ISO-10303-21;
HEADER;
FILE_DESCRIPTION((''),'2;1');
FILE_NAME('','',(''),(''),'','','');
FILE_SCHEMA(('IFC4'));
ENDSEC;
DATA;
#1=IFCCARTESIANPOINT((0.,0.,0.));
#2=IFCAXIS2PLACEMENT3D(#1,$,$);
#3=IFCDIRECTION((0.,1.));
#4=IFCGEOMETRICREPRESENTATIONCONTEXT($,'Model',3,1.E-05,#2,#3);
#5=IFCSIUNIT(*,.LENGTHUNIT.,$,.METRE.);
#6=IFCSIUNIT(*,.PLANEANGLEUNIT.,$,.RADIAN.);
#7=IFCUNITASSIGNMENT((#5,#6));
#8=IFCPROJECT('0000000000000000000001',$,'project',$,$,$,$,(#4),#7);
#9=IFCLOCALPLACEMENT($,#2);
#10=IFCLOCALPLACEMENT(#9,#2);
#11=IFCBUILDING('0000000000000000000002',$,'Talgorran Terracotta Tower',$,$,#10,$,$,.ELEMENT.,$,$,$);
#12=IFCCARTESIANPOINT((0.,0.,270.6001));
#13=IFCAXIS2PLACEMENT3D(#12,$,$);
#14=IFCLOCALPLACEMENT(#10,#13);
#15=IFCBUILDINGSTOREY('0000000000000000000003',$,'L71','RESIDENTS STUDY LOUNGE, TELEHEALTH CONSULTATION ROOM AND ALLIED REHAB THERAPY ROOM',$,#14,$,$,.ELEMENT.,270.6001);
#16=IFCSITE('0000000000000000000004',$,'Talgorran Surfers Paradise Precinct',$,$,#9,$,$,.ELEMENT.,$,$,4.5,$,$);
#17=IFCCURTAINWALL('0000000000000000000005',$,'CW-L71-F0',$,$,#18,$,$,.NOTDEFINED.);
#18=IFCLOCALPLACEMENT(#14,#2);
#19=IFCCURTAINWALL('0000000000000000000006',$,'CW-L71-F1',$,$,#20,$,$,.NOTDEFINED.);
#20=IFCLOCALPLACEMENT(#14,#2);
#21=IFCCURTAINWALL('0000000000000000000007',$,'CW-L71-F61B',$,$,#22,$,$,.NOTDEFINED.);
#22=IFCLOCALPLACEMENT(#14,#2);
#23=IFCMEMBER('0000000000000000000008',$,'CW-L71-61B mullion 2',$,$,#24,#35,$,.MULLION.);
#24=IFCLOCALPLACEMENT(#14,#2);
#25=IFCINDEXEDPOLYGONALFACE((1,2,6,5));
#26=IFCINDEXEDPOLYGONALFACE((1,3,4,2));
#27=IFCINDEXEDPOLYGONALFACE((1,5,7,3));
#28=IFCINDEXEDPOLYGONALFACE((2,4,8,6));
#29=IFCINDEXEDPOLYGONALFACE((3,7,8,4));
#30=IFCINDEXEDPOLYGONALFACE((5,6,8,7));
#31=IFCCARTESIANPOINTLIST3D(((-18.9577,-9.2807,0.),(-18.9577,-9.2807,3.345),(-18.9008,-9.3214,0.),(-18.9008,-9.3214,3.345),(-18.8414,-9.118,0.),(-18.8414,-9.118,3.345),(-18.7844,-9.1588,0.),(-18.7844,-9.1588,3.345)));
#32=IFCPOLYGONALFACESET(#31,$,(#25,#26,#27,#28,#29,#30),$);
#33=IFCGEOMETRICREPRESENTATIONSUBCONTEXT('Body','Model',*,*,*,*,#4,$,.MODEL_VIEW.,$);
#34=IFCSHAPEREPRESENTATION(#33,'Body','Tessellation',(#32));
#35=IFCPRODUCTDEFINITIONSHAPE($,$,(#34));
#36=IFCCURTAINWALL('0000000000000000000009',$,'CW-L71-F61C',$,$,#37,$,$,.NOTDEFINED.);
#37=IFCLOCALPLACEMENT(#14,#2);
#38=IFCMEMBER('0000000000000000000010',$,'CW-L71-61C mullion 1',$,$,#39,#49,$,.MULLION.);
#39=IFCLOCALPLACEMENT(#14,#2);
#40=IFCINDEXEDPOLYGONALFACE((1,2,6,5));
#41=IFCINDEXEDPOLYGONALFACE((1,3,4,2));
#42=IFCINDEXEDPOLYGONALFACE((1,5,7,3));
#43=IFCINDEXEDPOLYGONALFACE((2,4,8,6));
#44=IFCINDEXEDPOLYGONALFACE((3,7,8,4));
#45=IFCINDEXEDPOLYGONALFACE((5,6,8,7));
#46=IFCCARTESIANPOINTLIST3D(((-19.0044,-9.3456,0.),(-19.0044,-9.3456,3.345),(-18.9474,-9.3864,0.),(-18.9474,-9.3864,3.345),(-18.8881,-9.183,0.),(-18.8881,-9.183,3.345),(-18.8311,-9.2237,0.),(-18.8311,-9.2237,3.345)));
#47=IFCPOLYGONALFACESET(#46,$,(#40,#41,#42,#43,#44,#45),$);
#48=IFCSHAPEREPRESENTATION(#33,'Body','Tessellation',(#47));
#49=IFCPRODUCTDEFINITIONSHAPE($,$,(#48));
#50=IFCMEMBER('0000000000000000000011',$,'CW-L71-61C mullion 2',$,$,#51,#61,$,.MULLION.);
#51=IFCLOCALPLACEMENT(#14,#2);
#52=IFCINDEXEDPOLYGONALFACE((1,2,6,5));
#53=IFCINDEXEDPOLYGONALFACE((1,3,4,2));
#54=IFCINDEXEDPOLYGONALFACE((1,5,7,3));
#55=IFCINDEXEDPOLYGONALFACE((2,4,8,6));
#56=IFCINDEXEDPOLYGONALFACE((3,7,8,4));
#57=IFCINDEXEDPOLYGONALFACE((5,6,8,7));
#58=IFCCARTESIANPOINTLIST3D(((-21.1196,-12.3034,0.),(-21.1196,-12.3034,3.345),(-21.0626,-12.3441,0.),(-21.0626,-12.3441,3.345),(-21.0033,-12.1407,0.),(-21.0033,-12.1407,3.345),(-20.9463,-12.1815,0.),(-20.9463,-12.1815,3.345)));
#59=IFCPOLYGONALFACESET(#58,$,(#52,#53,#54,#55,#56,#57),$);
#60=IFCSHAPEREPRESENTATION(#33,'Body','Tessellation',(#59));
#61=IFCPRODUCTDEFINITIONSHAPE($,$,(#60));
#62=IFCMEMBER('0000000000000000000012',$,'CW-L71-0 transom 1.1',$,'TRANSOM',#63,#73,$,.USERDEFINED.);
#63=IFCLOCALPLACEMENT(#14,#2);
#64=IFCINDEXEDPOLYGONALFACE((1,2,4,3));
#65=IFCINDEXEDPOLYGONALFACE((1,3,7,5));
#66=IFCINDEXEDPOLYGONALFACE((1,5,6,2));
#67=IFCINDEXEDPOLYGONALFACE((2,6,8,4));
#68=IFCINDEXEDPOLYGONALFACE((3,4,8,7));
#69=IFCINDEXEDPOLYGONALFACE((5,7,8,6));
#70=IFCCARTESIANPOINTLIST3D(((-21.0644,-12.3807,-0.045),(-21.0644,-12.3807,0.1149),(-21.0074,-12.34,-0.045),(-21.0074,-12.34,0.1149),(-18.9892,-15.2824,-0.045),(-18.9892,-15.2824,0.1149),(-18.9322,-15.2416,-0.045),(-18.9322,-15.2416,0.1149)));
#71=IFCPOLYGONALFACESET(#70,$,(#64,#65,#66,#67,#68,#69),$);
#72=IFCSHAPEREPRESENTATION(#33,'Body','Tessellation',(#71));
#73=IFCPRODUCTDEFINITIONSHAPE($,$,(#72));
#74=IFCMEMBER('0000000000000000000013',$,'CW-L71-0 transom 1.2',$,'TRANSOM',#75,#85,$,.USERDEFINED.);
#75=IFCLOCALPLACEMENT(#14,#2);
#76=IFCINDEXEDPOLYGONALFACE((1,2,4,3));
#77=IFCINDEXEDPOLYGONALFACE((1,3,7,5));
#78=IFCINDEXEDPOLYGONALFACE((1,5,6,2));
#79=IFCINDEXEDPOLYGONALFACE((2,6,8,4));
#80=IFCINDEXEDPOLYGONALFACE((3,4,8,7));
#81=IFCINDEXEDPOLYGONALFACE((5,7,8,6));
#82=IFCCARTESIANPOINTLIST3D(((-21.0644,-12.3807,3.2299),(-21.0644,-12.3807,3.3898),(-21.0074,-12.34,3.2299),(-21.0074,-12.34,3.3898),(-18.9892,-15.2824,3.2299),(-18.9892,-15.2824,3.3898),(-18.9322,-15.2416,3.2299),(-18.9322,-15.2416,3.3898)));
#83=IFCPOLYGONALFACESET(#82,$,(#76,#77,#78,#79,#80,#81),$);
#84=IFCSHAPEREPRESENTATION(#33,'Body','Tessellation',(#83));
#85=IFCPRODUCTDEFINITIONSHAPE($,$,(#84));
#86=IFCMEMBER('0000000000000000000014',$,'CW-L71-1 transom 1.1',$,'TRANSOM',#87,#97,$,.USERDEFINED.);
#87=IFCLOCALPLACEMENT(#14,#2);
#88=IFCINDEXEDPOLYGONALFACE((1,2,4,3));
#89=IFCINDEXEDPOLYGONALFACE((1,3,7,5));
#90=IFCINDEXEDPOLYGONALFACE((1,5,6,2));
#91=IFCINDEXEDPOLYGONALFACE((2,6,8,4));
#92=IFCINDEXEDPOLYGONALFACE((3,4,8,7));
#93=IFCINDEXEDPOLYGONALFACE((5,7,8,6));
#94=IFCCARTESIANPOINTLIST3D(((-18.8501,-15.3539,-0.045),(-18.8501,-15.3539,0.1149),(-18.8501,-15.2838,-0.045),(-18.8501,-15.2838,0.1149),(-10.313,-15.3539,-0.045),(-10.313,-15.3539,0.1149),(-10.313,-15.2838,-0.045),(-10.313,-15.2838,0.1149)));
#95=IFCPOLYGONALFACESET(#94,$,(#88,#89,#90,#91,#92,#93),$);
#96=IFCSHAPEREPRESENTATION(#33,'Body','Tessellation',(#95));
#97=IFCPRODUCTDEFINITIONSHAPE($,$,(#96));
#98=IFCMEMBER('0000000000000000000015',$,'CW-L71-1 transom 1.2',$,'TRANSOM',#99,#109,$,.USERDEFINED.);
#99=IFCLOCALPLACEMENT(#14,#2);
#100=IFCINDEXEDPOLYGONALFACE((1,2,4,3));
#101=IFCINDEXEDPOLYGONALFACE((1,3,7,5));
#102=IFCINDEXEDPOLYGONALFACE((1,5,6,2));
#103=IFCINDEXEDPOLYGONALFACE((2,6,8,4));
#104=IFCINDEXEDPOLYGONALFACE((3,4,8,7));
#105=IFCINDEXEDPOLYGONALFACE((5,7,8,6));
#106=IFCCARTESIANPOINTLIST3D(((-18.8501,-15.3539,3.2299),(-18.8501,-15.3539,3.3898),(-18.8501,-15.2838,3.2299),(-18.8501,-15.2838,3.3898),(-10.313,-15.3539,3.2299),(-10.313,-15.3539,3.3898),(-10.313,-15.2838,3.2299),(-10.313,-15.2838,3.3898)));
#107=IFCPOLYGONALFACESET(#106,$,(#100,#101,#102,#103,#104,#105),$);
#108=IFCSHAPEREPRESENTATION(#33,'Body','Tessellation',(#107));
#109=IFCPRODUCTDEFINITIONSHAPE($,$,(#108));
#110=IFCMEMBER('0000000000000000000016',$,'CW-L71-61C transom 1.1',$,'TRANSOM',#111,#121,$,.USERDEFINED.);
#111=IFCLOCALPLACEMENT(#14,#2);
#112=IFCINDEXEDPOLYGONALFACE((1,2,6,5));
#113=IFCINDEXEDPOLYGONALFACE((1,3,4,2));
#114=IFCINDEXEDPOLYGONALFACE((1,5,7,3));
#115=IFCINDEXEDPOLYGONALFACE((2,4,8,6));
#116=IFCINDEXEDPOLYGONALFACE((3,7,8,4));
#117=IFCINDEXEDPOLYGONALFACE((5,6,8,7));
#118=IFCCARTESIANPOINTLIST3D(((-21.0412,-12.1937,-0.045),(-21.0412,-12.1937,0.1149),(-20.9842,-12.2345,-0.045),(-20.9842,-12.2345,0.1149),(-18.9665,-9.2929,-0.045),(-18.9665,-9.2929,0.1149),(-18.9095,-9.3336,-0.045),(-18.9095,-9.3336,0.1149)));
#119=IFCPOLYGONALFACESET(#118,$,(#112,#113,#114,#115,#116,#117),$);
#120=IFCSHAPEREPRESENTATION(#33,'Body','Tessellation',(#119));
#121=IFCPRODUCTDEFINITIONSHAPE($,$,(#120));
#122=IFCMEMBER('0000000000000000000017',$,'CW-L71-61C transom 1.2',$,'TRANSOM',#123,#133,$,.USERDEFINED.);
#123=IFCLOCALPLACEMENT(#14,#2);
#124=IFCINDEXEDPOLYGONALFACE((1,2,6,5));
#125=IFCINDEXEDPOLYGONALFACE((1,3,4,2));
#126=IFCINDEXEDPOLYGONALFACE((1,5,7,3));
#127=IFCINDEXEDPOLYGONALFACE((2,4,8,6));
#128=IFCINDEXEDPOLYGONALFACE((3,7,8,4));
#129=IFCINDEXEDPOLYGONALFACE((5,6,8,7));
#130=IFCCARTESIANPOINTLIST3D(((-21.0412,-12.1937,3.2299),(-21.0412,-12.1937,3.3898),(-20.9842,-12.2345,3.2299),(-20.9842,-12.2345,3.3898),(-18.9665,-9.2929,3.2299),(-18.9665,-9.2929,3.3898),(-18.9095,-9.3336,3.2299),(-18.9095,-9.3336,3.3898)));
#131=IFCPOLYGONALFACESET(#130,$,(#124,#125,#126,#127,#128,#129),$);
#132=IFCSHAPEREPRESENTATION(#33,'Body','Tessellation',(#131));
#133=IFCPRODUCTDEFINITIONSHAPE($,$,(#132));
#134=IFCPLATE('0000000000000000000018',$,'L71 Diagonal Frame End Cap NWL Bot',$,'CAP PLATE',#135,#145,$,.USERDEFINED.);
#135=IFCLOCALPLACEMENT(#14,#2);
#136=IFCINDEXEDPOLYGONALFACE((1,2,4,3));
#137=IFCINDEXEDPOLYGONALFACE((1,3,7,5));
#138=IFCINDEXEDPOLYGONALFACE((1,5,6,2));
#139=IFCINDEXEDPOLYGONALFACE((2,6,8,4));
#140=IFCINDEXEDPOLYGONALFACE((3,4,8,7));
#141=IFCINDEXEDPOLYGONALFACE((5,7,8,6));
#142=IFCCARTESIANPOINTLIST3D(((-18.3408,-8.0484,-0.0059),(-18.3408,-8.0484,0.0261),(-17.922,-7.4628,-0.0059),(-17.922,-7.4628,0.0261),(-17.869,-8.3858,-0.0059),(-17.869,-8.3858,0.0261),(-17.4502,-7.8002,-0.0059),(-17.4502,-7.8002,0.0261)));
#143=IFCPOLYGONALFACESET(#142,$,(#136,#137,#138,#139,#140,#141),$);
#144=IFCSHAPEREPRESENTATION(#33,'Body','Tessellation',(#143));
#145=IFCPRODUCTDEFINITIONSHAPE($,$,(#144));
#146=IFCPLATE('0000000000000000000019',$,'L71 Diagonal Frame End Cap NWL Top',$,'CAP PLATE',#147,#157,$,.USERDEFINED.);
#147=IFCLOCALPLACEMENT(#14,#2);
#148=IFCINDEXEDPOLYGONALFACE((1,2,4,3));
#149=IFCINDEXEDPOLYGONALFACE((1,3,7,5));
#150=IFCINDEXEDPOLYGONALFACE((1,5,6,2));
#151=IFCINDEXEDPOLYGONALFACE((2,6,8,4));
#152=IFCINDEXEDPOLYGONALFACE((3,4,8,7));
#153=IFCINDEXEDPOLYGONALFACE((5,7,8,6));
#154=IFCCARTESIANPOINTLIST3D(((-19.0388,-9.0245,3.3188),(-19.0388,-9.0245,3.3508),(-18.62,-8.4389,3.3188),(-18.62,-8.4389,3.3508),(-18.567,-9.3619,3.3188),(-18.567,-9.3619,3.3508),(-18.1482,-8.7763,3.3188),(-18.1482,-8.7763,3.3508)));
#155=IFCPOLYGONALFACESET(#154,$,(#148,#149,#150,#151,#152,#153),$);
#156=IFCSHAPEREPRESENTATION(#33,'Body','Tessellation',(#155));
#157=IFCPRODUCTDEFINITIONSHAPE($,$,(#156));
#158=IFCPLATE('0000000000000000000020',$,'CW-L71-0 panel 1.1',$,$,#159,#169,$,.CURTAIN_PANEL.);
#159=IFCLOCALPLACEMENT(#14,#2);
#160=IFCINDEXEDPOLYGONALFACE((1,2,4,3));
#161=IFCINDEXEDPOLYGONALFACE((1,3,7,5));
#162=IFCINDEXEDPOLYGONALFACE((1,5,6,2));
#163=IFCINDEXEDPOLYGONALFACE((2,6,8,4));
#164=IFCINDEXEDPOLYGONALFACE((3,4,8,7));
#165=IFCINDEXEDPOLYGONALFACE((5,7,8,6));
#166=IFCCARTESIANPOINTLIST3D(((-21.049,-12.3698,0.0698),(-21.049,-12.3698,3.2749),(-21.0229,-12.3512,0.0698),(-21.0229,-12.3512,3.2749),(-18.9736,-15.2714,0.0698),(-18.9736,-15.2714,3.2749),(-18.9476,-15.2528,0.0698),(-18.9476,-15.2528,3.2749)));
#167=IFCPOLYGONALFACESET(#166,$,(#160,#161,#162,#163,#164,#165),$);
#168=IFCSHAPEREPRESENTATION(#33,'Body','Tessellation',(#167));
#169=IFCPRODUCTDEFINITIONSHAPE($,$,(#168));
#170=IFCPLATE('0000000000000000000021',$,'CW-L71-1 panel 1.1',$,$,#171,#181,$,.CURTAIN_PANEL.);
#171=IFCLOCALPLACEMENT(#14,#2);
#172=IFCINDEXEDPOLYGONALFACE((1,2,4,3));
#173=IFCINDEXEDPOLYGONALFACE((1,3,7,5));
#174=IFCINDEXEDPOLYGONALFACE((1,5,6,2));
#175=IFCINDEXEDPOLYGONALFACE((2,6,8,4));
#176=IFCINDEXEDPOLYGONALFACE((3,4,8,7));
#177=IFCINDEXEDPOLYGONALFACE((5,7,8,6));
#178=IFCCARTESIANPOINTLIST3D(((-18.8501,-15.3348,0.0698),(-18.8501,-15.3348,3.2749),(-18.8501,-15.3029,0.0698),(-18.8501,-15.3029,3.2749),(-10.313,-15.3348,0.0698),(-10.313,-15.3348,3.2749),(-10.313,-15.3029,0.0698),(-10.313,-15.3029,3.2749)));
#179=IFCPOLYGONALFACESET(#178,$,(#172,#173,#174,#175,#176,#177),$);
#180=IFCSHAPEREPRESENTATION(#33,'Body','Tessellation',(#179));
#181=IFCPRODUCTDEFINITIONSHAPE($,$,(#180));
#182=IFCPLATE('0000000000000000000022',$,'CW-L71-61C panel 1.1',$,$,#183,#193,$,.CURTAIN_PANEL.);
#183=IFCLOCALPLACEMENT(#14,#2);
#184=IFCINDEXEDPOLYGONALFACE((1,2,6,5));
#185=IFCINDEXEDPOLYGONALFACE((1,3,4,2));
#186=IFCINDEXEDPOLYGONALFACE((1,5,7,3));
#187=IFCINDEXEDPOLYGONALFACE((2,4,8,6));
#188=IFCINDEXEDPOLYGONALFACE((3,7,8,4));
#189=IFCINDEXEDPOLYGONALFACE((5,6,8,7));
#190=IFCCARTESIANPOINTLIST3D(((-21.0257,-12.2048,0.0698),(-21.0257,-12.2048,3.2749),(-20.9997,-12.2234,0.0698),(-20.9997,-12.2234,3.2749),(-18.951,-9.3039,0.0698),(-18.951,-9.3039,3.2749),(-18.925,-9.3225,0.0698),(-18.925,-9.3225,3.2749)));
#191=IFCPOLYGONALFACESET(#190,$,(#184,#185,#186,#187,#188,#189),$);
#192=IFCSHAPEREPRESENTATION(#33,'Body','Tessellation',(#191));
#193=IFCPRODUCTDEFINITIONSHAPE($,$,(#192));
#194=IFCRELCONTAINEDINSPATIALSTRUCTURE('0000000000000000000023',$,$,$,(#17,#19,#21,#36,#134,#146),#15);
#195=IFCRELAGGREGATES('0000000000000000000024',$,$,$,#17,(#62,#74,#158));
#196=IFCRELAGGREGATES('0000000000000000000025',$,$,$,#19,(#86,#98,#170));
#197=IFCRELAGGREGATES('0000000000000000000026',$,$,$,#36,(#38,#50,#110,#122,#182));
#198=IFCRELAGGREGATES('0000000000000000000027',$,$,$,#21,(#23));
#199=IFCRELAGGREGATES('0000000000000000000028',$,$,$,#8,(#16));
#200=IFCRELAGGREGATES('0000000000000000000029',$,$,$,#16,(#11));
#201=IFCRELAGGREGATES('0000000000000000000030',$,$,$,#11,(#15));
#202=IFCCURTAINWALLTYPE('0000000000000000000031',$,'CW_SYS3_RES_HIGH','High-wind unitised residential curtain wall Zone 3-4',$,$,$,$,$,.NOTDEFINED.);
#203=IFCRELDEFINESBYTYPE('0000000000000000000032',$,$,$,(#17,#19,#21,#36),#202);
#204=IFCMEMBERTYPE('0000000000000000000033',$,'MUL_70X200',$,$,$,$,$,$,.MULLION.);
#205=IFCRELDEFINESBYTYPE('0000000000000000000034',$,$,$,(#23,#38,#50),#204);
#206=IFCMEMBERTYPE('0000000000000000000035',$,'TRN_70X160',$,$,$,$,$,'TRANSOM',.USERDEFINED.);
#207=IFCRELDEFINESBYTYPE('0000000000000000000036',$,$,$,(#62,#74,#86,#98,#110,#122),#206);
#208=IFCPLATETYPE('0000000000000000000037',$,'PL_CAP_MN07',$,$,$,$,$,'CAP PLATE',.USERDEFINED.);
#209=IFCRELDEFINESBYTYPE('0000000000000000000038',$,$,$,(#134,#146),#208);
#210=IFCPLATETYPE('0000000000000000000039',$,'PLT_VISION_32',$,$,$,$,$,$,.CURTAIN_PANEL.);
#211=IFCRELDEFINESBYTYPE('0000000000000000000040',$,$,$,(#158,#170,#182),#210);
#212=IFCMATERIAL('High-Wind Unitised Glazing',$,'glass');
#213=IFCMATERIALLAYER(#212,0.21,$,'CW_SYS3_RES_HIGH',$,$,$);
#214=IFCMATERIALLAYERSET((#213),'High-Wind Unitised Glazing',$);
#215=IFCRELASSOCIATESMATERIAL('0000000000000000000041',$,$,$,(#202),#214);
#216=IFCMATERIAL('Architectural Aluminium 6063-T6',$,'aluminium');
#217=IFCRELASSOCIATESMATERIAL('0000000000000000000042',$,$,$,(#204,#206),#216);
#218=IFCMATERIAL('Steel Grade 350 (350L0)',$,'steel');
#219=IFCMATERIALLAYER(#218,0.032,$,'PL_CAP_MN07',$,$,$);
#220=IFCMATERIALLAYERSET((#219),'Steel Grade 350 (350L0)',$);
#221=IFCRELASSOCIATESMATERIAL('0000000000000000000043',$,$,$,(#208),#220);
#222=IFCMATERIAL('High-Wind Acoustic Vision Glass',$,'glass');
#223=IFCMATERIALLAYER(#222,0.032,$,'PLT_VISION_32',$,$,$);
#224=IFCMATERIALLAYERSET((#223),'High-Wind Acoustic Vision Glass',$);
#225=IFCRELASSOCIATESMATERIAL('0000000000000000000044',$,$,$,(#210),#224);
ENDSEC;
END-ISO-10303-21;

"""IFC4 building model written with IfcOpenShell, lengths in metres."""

from ifc_helpers import new_model, si_unit, direction, frame, origin, origin_2d, place, context, subcontext, project, spatial, rectangle, extrude, source, transform, mapped, material, layer, layer_set, material_profile, profile_set, type_object, type_shapes, element, aggregate, save


model = new_model("IFC4")

# Units and contexts
model_context = context("Model", 3, precision=1e-05, world=origin(), true_north=direction((0.0, 1.0)))
body_context = subcontext(model_context, "Body", "Model", "MODEL_VIEW")
ifc_project = project(units=[si_unit("LENGTHUNIT", "METRE"), si_unit("PLANEANGLEUNIT", "RADIAN")], contexts=[model_context])

# Site, building, storey
site_placement = place(None, origin())
site = spatial("IfcSite", under=ifc_project, at=site_placement, Name="Talgorran Surfers Paradise Precinct", CompositionType="ELEMENT", RefElevation=4.5)
building_placement = place(site_placement, origin())
building = spatial("IfcBuilding", under=site, at=building_placement, Name="Talgorran Terracotta Tower", CompositionType="ELEMENT")
storey_placement = place(building_placement, frame((0.0, 0.0, 270.6001)))
storey = spatial("IfcBuildingStorey", under=building, at=storey_placement, Name="L71", Description="RESIDENTS STUDY LOUNGE, TELEHEALTH CONSULTATION ROOM AND ALLIED REHAB THERAPY ROOM", CompositionType="ELEMENT", Elevation=270.6001)

# Shared definitions
ifc_material_1 = material(Name="Steel Grade 350 (350L0)", Category="steel")

# Curtain wall
ifc_material_2 = material(Name="High-Wind Unitised Glazing", Category="glass")
ifc_layer_1 = layer(ifc_material_2, 0.21, Name="CW_SYS3_RES_HIGH")
ifc_layer_set_1 = layer_set([ifc_layer_1], Name="High-Wind Unitised Glazing")
curtain_wall_type = type_object("IfcCurtainWallType", Name="CW_SYS3_RES_HIGH", Description="High-wind unitised residential curtain wall Zone 3-4", PredefinedType="NOTDEFINED", material=ifc_layer_set_1)
curtain_wall_1_placement = place(storey_placement, origin())
curtain_wall_1 = element("IfcCurtainWall", 1, at=curtain_wall_1_placement, inside=storey, type_object=curtain_wall_type, Name="CW-L71-F0", PredefinedType="NOTDEFINED")
ifc_material_3 = material(Name="Architectural Aluminium 6063-T6", Category="aluminium")
ifc_material_profile_1 = material_profile(ifc_material_3, rectangle(XDim=0.0701, YDim=0.2, at=origin_2d()), Name="CWM70X200")
ifc_profile_set_1 = profile_set([ifc_material_profile_1], Name="Architectural Aluminium 6063-T6")
member_type_1 = type_object("IfcMemberType", Name="MUL_70X200", PredefinedType="MULLION", material=ifc_profile_set_1)

# Curtain walls, member
curtain_wall_2_placement = place(storey_placement, origin())
curtain_wall_2 = element("IfcCurtainWall", 2, at=curtain_wall_2_placement, inside=storey, type_object=curtain_wall_type, Name="CW-L71-F1", PredefinedType="NOTDEFINED")
curtain_wall_3_placement = place(storey_placement, origin())
curtain_wall_3 = element("IfcCurtainWall", 3, at=curtain_wall_3_placement, inside=storey, type_object=curtain_wall_type, Name="CW-L71-F61B", PredefinedType="NOTDEFINED")
member_1_placement = place(storey_placement, frame((-18.8711, -9.2197, 0.0), z_axis=(0.0, 0.0, 1.0), x_axis=(0.81338, -0.581732, 0.0)))
member_1 = element("IfcMember", 4, at=member_1_placement, type_object=member_type_1, Name="CW-L71-61B mullion 2", PredefinedType="MULLION", context=body_context, shape_type="SweptSolid", body=[
    extrude(rectangle(XDim=0.0701, YDim=0.2, at=origin_2d()), origin(), (0.0, 0.0, 1.0), 3.345),
])

# Curtain wall, members
curtain_wall_4_placement = place(storey_placement, origin())
curtain_wall_4 = element("IfcCurtainWall", 5, at=curtain_wall_4_placement, inside=storey, type_object=curtain_wall_type, Name="CW-L71-F61C", PredefinedType="NOTDEFINED")
member_2_placement = place(storey_placement, frame((-18.9177, -9.2847, 0.0), z_axis=(0.0, 0.0, 1.0), x_axis=(0.813383, -0.581728, 0.0)))
member_2 = element("IfcMember", 6, at=member_2_placement, type_object=member_type_1, Name="CW-L71-61C mullion 1", PredefinedType="MULLION", context=body_context, shape_type="SweptSolid", body=[
    extrude(rectangle(XDim=0.0701, YDim=0.2, at=origin_2d()), origin(), (0.0, 0.0, 1.0), 3.345),
])
member_3_placement = place(storey_placement, frame((-21.033, -12.2424, 0.0), z_axis=(0.0, 0.0, 1.0), x_axis=(0.813383, -0.581728, 0.0)))
member_3 = element("IfcMember", 7, at=member_3_placement, type_object=member_type_1, Name="CW-L71-61C mullion 2", PredefinedType="MULLION", context=body_context, shape_type="SweptSolid", body=[
    extrude(rectangle(XDim=0.0701, YDim=0.2, at=origin_2d()), origin(), (0.0, 0.0, 1.0), 3.345),
])

# Members
ifc_material_profile_2 = material_profile(ifc_material_3, rectangle(XDim=0.0701, YDim=0.1599, at=origin_2d()), Name="CWT70X160")
ifc_profile_set_2 = profile_set([ifc_material_profile_2], Name="Architectural Aluminium 6063-T6")
member_type_2 = type_object("IfcMemberType", Name="TRN_70X160", ElementType="TRANSOM", PredefinedType="USERDEFINED", material=ifc_profile_set_2)
member_4_placement = place(storey_placement, frame((-21.0359, -12.3604, 0.0349), z_axis=(0.581724, -0.813387, 0.0), x_axis=(0.813387, 0.581724, 0.0)))
member_4 = element("IfcMember", 8, at=member_4_placement, type_object=member_type_2, Name="CW-L71-0 transom 1.1", ObjectType="TRANSOM", PredefinedType="USERDEFINED", context=body_context, shape_type="SweptSolid", body=[
    extrude(rectangle(XDim=0.0701, YDim=0.1599, at=origin_2d()), origin(), (0.0, 0.0, 1.0), 3.5674),
])
member_5_placement = place(storey_placement, frame((-21.0359, -12.3604, 3.3098), z_axis=(0.581724, -0.813387, 0.0), x_axis=(0.813387, 0.581724, 0.0)))
member_5 = element("IfcMember", 9, at=member_5_placement, type_object=member_type_2, Name="CW-L71-0 transom 1.2", ObjectType="TRANSOM", PredefinedType="USERDEFINED", context=body_context, shape_type="SweptSolid", body=[
    extrude(rectangle(XDim=0.0701, YDim=0.1599, at=origin_2d()), origin(), (0.0, 0.0, 1.0), 3.5674),
])
member_6_placement = place(storey_placement, frame((-18.8501, -15.3188, 0.0349), z_axis=(1.0, 0.0, 0.0), x_axis=(0.0, 1.0, 0.0)))
member_6 = element("IfcMember", 10, at=member_6_placement, type_object=member_type_2, Name="CW-L71-1 transom 1.1", ObjectType="TRANSOM", PredefinedType="USERDEFINED", context=body_context, shape_type="SweptSolid", body=[
    extrude(rectangle(XDim=0.0701, YDim=0.1599, at=origin_2d()), origin(), (0.0, 0.0, 1.0), 8.5371),
])
member_7_placement = place(storey_placement, frame((-18.8501, -15.3188, 3.3098), z_axis=(1.0, 0.0, 0.0), x_axis=(0.0, 1.0, 0.0)))
member_7 = element("IfcMember", 11, at=member_7_placement, type_object=member_type_2, Name="CW-L71-1 transom 1.2", ObjectType="TRANSOM", PredefinedType="USERDEFINED", context=body_context, shape_type="SweptSolid", body=[
    extrude(rectangle(XDim=0.0701, YDim=0.1599, at=origin_2d()), origin(), (0.0, 0.0, 1.0), 8.5371),
])
member_8_placement = place(storey_placement, frame((-18.938, -9.3132, 0.0349), z_axis=(-0.58173, -0.813382, 0.0), x_axis=(0.813382, -0.58173, 0.0)))
member_8 = element("IfcMember", 12, at=member_8_placement, type_object=member_type_2, Name="CW-L71-61C transom 1.1", ObjectType="TRANSOM", PredefinedType="USERDEFINED", context=body_context, shape_type="SweptSolid", body=[
    extrude(rectangle(XDim=0.0701, YDim=0.1599, at=origin_2d()), origin(), (0.0, 0.0, 1.0), 3.5664),
])
member_9_placement = place(storey_placement, frame((-18.938, -9.3132, 3.3098), z_axis=(-0.58173, -0.813382, 0.0), x_axis=(0.813382, -0.58173, 0.0)))
member_9 = element("IfcMember", 13, at=member_9_placement, type_object=member_type_2, Name="CW-L71-61C transom 1.2", ObjectType="TRANSOM", PredefinedType="USERDEFINED", context=body_context, shape_type="SweptSolid", body=[
    extrude(rectangle(XDim=0.0701, YDim=0.1599, at=origin_2d()), origin(), (0.0, 0.0, 1.0), 3.5664),
])

# Plates
ifc_layer_2 = layer(ifc_material_1, 0.032, Name="PL_CAP_MN07")
ifc_layer_set_2 = layer_set([ifc_layer_2], Name="Steel Grade 350 (350L0)")
plate_type_1 = type_object("IfcPlateType", Name="PL_CAP_MN07", ElementType="CAP PLATE", PredefinedType="USERDEFINED", material=ifc_layer_set_2)
for number, where, z_axis, x_axis, name in (
    (14, (-17.8955, -7.9243, -0.0059), (0.0, 0.0, 1.0), (-0.581697, -0.813405, 0.0), "L71 Diagonal Frame End Cap NWL Bot"),
    (15, (-18.5935, -8.9004, 3.3188), (0.0, 0.0, 1.0), (-0.581697, -0.813405, 0.0), "L71 Diagonal Frame End Cap NWL Top"),
):
    element("IfcPlate", number, at=place(storey_placement, frame(where, z_axis=z_axis, x_axis=x_axis)), inside=storey, type_object=plate_type_1, Name=name, ObjectType="CAP PLATE", PredefinedType="USERDEFINED", context=body_context, shape_type="SweptSolid", body=[
        extrude(rectangle(XDim=0.72, YDim=0.5801, at=origin_2d()), origin(), (0.0, 0.0, 1.0), 0.032),
    ])

# Plates
ifc_material_4 = material(Name="High-Wind Acoustic Vision Glass", Category="glass")
ifc_layer_3 = layer(ifc_material_4, 0.032, Name="PLT_VISION_32")
ifc_layer_set_3 = layer_set([ifc_layer_3], Name="High-Wind Acoustic Vision Glass")
plate_type_2 = type_object("IfcPlateType", Name="PLT_VISION_32", PredefinedType="CURTAIN_PANEL", material=ifc_layer_set_3)
shared_shape_1 = source(origin(), body_context, "Body", "SweptSolid", [
    extrude(rectangle(XDim=3.5674, YDim=0.032, at=origin_2d()), origin(), (0.0, 0.0, 1.0), 3.2051),
])
plate_1_placement = place(storey_placement, frame((-19.9983, -13.8113, 0.0698), z_axis=(0.0, 0.0, 1.0), x_axis=(0.581746, -0.813371, 0.0)))
plate_1 = element("IfcPlate", 16, at=plate_1_placement, type_object=plate_type_2, Name="CW-L71-0 panel 1.1", PredefinedType="CURTAIN_PANEL", context=body_context, shape_type="MappedRepresentation", body=[
    mapped(shared_shape_1, transform((0.0, 0.0, 0.0), scale=1.0)),
])
aggregate(curtain_wall_1, [member_4, member_5, plate_1])
shared_shape_2 = source(origin(), body_context, "Body", "SweptSolid", [
    extrude(rectangle(XDim=8.5371, YDim=0.032, at=origin_2d()), origin(), (0.0, 0.0, 1.0), 3.2051),
])
plate_2_placement = place(storey_placement, frame((-14.5815, -15.3188, 0.0698), z_axis=(0.0, 0.0, 1.0), x_axis=(1.0, 0.0, 0.0)))
plate_2 = element("IfcPlate", 17, at=plate_2_placement, type_object=plate_type_2, Name="CW-L71-1 panel 1.1", PredefinedType="CURTAIN_PANEL", context=body_context, shape_type="MappedRepresentation", body=[
    mapped(shared_shape_2, transform((0.0, 0.0, 0.0), scale=1.0)),
])
aggregate(curtain_wall_2, [member_6, member_7, plate_2])
shared_shape_3 = source(origin(), body_context, "Body", "SweptSolid", [
    extrude(rectangle(XDim=3.5664, YDim=0.032, at=origin_2d()), origin(), (0.0, 0.0, 1.0), 3.2051),
])
type_shapes(plate_type_2, [shared_shape_1, shared_shape_2, shared_shape_3])
plate_3_placement = place(storey_placement, frame((-19.9753, -10.7637, 0.0698), z_axis=(0.0, 0.0, 1.0), x_axis=(-0.581728, -0.813383, 0.0)))
plate_3 = element("IfcPlate", 18, at=plate_3_placement, type_object=plate_type_2, Name="CW-L71-61C panel 1.1", PredefinedType="CURTAIN_PANEL", context=body_context, shape_type="MappedRepresentation", body=[
    mapped(shared_shape_3, transform((0.0, 0.0, 0.0), scale=1.0)),
])
aggregate(curtain_wall_4, [member_2, member_3, member_8, member_9, plate_3])
aggregate(curtain_wall_3, [member_1])

save(model, "model.ifc")
